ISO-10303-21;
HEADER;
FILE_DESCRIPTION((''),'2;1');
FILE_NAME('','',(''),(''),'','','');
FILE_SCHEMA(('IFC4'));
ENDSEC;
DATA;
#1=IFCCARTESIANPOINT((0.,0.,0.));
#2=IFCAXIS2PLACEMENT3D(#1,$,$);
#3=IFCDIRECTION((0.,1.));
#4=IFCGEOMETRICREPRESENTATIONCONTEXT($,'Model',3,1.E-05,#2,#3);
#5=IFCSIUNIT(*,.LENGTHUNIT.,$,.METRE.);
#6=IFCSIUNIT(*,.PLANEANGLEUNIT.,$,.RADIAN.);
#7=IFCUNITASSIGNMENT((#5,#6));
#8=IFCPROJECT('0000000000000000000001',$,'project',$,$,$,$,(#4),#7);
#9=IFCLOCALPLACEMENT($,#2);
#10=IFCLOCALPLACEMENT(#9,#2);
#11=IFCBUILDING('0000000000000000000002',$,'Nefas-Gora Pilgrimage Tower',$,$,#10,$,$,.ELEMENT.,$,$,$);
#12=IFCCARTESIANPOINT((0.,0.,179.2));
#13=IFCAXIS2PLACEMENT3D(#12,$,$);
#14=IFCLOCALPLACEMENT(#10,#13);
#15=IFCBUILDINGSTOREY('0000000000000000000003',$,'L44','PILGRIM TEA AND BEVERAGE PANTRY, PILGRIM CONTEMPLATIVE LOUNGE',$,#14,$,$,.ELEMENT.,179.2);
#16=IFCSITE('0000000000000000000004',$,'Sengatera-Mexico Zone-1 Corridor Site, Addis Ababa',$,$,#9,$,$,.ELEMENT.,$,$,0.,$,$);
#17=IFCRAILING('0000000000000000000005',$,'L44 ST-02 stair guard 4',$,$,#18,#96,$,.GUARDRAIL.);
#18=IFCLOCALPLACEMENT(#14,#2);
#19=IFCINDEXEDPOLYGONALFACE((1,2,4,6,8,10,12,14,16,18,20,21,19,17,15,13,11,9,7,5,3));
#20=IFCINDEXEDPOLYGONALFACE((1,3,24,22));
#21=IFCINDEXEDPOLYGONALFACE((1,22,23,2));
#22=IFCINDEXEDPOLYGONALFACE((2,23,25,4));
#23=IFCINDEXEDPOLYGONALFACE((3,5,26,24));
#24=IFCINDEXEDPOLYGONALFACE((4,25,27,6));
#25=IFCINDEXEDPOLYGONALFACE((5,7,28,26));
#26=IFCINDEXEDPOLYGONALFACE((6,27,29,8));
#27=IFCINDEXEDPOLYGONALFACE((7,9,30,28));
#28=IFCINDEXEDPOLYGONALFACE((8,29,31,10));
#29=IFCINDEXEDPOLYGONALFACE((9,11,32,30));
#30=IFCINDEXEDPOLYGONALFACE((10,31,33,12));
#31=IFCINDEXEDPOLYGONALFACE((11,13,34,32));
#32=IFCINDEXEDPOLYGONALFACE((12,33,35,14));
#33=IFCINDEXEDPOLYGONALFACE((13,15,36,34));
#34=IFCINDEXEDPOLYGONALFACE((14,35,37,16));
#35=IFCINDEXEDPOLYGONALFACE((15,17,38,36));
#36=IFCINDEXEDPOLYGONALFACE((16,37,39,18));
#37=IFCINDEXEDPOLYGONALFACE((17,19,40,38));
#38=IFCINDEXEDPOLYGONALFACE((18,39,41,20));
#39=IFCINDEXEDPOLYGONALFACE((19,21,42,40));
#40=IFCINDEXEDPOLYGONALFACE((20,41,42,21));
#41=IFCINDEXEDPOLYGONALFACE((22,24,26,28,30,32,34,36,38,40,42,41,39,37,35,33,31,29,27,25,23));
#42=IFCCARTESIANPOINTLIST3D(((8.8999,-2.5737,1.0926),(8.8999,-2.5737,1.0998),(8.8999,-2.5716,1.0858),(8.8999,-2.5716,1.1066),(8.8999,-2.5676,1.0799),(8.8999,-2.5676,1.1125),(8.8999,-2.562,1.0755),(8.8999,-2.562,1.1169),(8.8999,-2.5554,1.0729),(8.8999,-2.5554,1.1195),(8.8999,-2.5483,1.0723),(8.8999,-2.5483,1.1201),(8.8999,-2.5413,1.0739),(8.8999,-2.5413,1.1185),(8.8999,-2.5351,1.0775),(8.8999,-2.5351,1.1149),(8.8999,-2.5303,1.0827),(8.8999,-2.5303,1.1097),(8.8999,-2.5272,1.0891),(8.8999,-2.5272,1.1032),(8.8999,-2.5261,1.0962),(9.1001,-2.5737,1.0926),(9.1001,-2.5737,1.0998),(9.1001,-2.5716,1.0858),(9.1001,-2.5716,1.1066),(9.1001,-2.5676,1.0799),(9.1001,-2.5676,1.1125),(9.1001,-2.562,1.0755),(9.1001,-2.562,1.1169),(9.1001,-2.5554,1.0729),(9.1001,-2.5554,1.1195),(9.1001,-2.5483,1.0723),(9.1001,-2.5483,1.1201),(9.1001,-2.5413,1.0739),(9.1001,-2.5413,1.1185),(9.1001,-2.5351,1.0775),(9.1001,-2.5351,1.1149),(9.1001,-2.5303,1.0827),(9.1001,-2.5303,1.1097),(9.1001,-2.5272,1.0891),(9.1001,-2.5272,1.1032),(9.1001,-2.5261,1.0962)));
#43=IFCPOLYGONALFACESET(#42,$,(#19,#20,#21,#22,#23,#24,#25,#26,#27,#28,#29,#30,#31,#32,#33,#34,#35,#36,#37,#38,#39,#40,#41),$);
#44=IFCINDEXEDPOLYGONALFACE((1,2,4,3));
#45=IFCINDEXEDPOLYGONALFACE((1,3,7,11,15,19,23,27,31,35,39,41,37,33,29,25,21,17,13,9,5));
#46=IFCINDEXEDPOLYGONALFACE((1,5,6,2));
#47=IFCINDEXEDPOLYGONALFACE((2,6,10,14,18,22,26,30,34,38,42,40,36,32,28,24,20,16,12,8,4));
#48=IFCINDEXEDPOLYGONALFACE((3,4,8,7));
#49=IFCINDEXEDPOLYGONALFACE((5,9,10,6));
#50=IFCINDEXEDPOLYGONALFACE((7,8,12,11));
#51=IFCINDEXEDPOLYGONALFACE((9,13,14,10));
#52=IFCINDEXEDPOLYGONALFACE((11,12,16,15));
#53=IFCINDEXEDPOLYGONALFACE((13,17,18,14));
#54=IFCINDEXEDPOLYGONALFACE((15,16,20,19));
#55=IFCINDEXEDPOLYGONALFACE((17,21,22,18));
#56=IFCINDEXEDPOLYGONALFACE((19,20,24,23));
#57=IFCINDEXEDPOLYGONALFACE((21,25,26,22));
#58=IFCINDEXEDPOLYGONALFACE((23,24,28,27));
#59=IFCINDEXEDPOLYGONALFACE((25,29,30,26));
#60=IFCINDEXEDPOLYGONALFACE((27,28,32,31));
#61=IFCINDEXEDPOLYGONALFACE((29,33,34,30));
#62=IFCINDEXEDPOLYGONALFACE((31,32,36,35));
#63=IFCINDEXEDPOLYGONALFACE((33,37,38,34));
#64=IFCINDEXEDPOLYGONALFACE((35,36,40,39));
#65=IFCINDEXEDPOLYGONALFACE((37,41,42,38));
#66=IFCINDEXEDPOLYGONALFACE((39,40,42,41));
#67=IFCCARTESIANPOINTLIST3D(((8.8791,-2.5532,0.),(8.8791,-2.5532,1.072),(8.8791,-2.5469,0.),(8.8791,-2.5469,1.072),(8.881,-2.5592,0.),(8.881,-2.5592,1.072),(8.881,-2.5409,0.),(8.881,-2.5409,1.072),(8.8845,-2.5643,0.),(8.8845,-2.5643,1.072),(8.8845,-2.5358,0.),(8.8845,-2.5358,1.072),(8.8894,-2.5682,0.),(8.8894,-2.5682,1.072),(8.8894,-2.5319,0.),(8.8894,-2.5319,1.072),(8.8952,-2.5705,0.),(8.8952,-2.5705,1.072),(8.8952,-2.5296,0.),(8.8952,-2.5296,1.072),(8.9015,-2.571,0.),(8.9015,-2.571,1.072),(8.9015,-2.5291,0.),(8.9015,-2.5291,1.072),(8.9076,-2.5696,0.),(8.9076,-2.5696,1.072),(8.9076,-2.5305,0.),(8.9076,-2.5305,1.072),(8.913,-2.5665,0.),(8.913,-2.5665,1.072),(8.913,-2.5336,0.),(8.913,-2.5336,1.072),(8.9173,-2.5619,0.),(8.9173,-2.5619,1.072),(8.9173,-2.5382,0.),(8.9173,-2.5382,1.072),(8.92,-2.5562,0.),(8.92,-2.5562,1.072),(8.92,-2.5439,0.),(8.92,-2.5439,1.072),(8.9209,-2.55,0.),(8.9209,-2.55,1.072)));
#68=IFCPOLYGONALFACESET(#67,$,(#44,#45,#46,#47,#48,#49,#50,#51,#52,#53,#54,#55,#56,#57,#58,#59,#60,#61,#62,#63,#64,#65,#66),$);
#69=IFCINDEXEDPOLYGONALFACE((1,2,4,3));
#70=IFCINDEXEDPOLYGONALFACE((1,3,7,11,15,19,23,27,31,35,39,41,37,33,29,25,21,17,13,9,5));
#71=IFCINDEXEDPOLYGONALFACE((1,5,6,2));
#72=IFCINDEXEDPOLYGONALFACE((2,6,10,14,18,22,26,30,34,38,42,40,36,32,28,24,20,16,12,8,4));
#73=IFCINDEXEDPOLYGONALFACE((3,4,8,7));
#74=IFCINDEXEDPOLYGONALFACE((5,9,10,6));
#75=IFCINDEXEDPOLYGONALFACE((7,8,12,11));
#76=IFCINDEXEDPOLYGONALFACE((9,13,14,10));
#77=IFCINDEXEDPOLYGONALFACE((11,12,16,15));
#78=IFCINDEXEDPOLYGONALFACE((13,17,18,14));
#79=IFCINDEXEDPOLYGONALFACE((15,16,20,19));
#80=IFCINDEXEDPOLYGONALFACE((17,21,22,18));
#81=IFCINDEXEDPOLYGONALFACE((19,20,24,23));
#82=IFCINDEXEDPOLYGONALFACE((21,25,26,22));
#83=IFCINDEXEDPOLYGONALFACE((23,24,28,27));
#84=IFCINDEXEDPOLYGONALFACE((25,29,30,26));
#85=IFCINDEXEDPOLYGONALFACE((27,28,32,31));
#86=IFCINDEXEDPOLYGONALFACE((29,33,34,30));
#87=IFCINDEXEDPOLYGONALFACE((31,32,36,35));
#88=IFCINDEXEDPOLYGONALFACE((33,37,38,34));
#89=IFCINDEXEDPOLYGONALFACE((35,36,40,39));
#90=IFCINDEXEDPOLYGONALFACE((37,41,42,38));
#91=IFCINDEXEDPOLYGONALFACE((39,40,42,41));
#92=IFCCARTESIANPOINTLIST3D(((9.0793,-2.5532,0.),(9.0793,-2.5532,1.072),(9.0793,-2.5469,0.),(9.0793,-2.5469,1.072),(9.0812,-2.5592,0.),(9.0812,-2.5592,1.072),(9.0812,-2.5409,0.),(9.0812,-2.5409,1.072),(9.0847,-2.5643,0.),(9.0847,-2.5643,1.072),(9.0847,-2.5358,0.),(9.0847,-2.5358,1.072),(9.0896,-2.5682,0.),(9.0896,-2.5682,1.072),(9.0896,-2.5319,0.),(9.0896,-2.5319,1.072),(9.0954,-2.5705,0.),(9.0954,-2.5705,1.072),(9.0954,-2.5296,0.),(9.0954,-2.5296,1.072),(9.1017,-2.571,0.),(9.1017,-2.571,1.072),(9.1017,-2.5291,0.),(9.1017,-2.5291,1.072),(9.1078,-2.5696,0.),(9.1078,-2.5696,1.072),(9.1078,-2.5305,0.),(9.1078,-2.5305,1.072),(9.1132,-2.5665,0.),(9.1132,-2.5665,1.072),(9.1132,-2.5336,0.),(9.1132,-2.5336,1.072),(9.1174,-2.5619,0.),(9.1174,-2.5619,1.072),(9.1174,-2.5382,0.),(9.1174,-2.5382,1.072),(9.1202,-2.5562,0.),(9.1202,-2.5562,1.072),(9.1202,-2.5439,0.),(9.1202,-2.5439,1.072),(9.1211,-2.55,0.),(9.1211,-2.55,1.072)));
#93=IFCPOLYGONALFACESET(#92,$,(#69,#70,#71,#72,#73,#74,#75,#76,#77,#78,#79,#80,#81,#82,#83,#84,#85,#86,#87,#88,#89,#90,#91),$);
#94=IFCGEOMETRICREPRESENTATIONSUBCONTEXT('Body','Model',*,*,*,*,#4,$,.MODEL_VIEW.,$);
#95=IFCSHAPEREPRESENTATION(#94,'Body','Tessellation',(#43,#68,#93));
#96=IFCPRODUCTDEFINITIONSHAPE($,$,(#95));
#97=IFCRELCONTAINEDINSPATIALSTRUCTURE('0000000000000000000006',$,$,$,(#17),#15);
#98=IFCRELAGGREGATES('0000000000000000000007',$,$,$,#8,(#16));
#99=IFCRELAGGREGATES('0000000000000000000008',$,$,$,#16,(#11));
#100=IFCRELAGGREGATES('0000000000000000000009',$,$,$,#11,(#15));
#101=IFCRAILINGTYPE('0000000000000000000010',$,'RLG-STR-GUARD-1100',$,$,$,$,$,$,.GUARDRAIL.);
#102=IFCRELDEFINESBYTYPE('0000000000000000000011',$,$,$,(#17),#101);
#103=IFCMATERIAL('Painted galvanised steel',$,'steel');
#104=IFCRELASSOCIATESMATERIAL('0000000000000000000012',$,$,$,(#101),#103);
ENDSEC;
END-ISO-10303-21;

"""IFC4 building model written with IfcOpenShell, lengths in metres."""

from ifc_helpers import new_model, si_unit, direction, frame, origin, origin_2d, place, context, subcontext, project, spatial, circle, extrude, material, type_object, element, save


model = new_model("IFC4")

# Units and contexts
model_context = context("Model", 3, precision=1e-05, world=origin(), true_north=direction((0.0, 1.0)))
body_context = subcontext(model_context, "Body", "Model", "MODEL_VIEW")
ifc_project = project(units=[si_unit("LENGTHUNIT", "METRE"), si_unit("PLANEANGLEUNIT", "RADIAN")], contexts=[model_context])

# Site, building, storey
site_placement = place(None, origin())
site = spatial("IfcSite", under=ifc_project, at=site_placement, Name="Sengatera-Mexico Zone-1 Corridor Site, Addis Ababa", CompositionType="ELEMENT", RefElevation=0.0)
building_placement = place(site_placement, origin())
building = spatial("IfcBuilding", under=site, at=building_placement, Name="Nefas-Gora Pilgrimage Tower", CompositionType="ELEMENT")
storey_placement = place(building_placement, frame((0.0, 0.0, 179.2)))
storey = spatial("IfcBuildingStorey", under=building, at=storey_placement, Name="L44", Description="PILGRIM TEA AND BEVERAGE PANTRY, PILGRIM CONTEMPLATIVE LOUNGE", CompositionType="ELEMENT", Elevation=179.2)

# Railing
ifc_material_1 = material(Name="Painted galvanised steel", Category="steel")
railing_type_1 = type_object("IfcRailingType", Name="RLG-STR-GUARD-1100", PredefinedType="GUARDRAIL", material=ifc_material_1)
railing_1_placement = place(storey_placement, frame((8.8999, -2.55, 0.0)))
element("IfcRailing", 1, at=railing_1_placement, inside=storey, type_object=railing_type_1, Name="L44 ST-02 stair guard 4", PredefinedType="GUARDRAIL", context=body_context, shape_type="SweptSolid", body=[
    extrude(circle(Radius=0.0239, at=origin_2d()), frame((0.0, 0.0, 1.0962), z_axis=(1.0, 0.0, 0.0), x_axis=(0.0, 1.0, 0.0)), (0.0, 0.0, 1.0), 0.2002),
    extrude(circle(Radius=0.021, at=origin_2d()), origin(), (0.0, 0.0, 1.0), 1.072),
    extrude(circle(Radius=0.021, at=origin_2d()), frame((0.2002, 0.0, 0.0)), (0.0, 0.0, 1.0), 1.072),
])

save(model, "model.ifc")
